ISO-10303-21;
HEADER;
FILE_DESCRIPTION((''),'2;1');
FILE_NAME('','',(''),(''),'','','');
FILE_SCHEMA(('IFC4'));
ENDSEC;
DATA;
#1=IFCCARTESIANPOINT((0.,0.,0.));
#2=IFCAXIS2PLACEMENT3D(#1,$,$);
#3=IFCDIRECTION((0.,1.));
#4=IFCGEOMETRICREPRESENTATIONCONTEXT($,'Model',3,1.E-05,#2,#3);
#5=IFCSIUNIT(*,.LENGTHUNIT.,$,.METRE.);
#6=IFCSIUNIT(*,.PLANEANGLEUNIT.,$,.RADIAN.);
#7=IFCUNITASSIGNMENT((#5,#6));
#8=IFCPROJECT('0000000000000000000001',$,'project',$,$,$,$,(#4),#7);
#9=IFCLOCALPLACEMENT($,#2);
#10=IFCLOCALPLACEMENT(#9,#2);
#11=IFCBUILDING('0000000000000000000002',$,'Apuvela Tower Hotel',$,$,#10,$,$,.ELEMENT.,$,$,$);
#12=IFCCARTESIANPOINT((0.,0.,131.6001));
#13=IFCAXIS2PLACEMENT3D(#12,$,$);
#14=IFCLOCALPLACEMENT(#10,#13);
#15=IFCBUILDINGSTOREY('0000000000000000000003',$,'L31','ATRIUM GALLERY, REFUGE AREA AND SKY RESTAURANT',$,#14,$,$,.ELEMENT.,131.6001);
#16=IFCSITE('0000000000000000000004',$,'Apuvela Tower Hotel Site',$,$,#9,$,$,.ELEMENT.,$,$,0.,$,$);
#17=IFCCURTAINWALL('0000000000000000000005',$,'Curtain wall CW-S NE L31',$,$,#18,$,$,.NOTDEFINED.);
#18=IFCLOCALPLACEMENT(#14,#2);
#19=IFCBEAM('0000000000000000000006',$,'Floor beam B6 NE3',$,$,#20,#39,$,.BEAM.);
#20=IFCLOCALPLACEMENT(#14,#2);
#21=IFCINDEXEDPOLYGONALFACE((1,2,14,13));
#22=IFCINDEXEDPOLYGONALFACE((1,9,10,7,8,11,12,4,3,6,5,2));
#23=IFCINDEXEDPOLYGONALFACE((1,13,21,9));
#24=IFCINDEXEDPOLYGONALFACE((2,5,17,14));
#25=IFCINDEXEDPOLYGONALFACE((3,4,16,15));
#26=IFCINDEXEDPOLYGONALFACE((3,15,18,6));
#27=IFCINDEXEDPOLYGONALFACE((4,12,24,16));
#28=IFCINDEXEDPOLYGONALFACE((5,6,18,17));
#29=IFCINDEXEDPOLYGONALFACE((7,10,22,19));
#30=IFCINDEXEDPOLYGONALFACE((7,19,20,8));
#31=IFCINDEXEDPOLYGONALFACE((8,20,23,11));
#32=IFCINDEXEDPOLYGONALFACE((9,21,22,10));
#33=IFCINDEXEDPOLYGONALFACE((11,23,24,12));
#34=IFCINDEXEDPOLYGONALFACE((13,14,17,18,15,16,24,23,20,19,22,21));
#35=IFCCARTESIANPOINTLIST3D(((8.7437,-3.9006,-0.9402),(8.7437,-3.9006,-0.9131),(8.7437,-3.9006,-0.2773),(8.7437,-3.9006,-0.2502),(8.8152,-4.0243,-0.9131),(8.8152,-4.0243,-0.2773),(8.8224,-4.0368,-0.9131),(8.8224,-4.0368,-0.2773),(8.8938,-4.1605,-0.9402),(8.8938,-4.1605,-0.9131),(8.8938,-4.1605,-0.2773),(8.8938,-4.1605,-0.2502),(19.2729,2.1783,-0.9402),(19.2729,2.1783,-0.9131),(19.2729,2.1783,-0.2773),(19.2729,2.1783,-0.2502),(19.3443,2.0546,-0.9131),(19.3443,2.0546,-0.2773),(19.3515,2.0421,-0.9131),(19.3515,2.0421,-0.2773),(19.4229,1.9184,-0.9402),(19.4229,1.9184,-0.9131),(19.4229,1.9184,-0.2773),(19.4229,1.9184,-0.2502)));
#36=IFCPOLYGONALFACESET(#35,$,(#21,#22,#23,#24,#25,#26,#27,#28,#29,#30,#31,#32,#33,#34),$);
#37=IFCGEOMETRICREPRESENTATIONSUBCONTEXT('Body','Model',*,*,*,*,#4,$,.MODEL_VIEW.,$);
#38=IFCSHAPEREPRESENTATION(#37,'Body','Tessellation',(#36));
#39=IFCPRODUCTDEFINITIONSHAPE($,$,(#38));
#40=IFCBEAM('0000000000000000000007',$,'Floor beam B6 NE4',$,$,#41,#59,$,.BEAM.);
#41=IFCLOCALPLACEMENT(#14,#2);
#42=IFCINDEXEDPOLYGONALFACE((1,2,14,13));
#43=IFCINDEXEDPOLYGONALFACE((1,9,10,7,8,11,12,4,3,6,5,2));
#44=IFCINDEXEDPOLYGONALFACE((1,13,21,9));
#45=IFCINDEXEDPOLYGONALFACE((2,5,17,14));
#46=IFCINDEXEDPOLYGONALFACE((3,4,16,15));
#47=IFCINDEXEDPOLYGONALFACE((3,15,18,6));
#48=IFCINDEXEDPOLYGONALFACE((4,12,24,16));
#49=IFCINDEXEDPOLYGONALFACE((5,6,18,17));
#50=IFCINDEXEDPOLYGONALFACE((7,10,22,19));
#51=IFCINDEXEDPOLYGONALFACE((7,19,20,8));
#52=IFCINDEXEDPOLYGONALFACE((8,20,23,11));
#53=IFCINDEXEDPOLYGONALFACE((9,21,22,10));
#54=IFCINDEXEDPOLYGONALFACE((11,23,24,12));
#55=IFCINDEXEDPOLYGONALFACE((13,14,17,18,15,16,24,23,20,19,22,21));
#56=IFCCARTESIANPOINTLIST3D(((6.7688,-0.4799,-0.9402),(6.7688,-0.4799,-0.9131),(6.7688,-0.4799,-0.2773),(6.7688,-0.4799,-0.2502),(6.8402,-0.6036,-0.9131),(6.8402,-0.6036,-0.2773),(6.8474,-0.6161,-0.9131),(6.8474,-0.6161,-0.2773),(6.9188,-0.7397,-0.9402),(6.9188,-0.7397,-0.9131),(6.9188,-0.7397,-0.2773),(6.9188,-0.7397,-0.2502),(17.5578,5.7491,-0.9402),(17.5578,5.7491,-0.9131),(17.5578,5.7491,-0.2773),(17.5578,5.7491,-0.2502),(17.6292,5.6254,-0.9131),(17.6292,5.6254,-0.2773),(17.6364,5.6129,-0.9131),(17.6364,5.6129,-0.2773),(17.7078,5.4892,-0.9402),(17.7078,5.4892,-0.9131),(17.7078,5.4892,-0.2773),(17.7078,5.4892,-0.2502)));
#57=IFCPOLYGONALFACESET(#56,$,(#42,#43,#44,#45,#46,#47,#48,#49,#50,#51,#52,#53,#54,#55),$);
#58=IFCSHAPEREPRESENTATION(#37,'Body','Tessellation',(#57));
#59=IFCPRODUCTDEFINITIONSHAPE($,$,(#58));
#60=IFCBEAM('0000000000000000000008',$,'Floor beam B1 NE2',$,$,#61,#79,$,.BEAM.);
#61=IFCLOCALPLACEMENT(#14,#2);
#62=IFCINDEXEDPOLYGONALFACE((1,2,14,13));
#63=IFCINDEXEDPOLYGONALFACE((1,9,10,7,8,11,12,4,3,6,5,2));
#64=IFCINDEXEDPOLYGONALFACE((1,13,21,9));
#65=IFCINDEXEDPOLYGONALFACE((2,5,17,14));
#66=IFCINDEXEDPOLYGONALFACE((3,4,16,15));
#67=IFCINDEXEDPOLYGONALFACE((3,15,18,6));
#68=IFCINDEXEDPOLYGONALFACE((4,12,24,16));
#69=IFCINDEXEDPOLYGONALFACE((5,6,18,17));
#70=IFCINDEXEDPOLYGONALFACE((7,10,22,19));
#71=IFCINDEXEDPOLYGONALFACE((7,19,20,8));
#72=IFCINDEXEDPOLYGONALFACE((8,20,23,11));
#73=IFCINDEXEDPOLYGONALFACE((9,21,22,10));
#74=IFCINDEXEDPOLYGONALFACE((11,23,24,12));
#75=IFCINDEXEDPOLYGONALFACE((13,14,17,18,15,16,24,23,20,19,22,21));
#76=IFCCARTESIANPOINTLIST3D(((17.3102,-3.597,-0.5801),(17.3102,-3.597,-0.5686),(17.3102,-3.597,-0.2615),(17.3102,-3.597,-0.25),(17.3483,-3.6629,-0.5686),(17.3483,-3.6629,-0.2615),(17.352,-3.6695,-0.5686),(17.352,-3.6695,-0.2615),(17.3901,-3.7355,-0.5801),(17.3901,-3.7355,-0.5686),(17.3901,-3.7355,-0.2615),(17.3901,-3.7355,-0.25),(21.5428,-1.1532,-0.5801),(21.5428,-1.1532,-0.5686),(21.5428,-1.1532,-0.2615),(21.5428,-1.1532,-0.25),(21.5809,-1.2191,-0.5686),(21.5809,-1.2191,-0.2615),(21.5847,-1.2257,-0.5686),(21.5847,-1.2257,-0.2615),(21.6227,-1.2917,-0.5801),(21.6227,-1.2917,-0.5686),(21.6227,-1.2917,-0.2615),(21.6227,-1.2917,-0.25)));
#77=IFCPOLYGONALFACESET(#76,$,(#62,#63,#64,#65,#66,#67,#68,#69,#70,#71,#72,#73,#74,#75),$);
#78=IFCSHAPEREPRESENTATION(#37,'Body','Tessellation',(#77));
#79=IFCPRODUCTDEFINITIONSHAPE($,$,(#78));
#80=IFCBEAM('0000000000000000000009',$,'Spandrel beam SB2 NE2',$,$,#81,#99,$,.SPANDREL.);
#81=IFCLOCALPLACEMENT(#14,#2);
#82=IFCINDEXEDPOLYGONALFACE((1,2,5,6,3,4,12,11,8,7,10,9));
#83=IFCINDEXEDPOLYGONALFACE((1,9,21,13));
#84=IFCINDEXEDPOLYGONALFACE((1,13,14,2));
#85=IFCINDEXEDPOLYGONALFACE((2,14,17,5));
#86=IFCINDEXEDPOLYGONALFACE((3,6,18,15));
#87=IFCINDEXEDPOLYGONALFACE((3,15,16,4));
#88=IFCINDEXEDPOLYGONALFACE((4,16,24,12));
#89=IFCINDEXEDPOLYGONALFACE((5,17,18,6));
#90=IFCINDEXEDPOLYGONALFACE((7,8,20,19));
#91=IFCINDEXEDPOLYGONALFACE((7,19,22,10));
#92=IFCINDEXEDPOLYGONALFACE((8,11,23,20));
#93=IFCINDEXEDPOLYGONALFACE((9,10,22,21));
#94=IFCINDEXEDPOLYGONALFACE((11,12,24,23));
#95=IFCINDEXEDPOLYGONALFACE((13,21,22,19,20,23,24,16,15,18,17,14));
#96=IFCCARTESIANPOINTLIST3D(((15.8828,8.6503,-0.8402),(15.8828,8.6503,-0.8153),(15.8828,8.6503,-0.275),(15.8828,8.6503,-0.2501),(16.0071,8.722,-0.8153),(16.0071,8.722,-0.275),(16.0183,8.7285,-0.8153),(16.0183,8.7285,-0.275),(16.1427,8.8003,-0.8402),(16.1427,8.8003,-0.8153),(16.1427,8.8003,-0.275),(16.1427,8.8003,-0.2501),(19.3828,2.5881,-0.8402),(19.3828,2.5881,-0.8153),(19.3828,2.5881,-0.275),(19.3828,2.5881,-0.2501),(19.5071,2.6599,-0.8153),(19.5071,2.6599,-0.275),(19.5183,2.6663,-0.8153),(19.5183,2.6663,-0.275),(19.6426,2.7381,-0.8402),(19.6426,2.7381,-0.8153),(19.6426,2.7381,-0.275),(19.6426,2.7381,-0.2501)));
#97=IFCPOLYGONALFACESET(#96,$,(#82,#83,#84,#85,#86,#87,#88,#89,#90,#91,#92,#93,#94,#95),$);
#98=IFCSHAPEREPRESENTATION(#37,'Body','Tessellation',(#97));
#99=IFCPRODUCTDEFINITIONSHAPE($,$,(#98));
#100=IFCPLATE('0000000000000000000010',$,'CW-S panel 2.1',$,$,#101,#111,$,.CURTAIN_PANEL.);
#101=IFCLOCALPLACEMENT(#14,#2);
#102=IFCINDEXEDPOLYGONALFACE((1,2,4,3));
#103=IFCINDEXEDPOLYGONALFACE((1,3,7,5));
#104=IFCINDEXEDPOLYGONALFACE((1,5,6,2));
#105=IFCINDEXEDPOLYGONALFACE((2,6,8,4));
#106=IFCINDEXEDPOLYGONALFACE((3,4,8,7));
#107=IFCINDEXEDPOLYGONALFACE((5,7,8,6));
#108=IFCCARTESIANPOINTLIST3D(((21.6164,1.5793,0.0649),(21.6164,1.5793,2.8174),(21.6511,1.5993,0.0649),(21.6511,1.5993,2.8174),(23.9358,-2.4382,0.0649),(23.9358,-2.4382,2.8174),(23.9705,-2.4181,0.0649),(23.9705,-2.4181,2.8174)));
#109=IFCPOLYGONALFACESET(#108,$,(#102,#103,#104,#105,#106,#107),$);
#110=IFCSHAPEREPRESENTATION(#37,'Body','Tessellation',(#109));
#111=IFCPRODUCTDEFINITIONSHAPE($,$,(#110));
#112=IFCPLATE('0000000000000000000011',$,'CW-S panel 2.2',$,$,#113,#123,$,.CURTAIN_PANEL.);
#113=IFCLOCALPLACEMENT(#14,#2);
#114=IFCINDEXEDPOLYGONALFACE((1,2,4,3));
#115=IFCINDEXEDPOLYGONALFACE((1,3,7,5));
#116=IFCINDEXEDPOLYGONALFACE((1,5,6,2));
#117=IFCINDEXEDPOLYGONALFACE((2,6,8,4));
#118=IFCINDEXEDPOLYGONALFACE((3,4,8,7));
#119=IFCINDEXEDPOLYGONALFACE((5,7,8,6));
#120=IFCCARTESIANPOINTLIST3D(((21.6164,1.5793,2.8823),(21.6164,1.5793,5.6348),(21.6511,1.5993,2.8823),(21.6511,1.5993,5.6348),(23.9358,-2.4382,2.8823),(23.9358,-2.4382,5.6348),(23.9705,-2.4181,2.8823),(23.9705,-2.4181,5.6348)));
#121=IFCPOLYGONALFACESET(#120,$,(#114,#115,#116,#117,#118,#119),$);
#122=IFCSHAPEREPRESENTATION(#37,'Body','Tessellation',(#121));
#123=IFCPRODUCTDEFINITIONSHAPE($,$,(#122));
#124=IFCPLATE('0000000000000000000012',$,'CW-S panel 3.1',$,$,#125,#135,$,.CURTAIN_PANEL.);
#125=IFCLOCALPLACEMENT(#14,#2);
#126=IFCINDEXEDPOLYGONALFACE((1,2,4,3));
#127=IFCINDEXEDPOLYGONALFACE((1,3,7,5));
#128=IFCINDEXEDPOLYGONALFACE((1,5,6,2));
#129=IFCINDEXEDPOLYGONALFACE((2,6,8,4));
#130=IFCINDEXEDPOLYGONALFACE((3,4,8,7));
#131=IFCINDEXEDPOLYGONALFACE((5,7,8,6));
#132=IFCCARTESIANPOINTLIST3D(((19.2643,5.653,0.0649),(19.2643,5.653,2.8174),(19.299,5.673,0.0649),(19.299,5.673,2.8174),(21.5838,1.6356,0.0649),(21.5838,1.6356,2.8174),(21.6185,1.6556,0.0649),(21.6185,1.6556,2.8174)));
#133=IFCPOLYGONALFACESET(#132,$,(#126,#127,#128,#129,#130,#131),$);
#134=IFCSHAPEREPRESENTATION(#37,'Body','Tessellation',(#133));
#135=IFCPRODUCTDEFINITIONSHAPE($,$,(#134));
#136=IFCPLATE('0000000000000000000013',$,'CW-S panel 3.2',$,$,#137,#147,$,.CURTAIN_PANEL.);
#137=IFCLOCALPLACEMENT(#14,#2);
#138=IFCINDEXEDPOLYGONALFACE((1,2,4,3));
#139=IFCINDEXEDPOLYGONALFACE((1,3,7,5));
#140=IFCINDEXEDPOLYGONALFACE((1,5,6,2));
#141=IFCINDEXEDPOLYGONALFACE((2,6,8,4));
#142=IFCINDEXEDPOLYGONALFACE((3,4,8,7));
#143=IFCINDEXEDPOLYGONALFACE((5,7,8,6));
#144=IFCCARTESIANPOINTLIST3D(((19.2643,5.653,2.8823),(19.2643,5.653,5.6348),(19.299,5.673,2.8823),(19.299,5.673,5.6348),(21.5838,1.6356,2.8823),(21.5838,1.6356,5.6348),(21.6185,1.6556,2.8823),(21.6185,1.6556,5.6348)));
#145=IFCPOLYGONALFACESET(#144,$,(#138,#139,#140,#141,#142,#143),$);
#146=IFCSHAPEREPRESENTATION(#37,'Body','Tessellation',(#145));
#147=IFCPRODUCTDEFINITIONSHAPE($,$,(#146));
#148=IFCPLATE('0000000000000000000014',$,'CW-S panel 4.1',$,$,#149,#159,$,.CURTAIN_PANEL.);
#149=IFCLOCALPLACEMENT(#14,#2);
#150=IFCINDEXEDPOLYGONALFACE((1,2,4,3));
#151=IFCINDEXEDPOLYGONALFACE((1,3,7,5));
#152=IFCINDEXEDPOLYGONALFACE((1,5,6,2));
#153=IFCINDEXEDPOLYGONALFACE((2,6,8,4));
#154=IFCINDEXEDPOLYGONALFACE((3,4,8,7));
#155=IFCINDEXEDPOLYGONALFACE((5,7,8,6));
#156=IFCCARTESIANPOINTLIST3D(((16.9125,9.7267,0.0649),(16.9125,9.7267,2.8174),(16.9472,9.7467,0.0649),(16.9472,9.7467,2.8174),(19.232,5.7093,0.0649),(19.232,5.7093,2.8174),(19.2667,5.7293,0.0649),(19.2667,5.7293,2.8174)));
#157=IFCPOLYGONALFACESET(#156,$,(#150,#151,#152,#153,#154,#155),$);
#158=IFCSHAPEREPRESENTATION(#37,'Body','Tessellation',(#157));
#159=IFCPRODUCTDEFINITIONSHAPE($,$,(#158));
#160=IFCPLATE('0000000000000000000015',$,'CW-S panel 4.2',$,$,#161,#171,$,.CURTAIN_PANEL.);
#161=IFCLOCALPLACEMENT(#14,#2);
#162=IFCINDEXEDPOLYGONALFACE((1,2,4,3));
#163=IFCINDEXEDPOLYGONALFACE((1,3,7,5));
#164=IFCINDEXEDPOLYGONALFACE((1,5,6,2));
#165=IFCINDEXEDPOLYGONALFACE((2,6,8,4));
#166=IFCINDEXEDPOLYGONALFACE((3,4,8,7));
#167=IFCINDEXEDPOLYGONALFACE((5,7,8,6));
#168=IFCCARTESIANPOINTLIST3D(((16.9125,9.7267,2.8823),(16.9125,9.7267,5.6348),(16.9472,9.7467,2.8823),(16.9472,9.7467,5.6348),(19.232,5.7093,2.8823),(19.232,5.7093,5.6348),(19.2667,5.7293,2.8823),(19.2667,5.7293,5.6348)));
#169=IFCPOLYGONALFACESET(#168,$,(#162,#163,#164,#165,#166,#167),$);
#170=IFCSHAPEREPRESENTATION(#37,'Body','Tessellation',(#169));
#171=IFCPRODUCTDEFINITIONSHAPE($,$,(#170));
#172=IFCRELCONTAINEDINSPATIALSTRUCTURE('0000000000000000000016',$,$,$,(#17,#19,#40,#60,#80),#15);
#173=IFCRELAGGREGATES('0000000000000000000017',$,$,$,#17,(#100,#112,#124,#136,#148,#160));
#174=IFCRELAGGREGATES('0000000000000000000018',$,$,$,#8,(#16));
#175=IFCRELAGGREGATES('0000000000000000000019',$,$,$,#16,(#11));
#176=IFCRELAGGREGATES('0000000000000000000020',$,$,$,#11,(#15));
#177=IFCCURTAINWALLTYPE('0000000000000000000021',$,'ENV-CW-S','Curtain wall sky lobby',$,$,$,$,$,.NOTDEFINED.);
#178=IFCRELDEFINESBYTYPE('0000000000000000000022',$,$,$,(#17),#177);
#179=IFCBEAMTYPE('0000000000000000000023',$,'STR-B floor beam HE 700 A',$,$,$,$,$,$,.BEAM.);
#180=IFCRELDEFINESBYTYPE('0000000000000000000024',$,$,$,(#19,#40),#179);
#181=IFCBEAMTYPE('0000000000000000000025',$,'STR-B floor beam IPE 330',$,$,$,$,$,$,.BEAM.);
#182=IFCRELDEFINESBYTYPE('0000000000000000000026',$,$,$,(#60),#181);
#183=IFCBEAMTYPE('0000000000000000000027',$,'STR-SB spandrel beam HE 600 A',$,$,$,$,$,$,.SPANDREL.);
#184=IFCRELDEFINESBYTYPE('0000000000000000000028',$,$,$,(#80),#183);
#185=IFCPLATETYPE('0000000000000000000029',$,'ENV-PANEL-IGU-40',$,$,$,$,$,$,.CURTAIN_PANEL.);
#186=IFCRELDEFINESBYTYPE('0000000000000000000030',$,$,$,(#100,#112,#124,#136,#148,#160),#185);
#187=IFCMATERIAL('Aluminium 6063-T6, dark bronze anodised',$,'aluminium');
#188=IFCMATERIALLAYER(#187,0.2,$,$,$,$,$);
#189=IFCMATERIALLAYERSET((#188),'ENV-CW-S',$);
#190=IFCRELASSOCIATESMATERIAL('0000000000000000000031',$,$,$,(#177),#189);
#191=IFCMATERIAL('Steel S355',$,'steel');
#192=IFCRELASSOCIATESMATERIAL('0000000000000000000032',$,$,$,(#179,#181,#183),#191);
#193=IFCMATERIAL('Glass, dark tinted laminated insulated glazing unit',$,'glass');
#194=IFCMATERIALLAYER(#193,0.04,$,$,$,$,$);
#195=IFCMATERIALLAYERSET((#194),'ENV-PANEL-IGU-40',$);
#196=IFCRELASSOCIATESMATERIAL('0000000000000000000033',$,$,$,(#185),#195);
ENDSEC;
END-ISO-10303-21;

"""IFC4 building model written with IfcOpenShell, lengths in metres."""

from ifc_helpers import new_model, si_unit, direction, frame, origin, origin_2d, place, context, subcontext, project, spatial, rectangle, i_section, extrude, material, layer, layer_set, material_profile, profile_set, type_object, element, aggregate, save


model = new_model("IFC4")

# Units and contexts
model_context = context("Model", 3, precision=1e-05, world=origin(), true_north=direction((0.0, 1.0)))
body_context = subcontext(model_context, "Body", "Model", "MODEL_VIEW")
ifc_project = project(units=[si_unit("LENGTHUNIT", "METRE"), si_unit("PLANEANGLEUNIT", "RADIAN")], contexts=[model_context])

# Site, building, storey
site_placement = place(None, origin())
site = spatial("IfcSite", under=ifc_project, at=site_placement, Name="Apuvela Tower Hotel Site", CompositionType="ELEMENT", RefElevation=0.0)
building_placement = place(site_placement, origin())
building = spatial("IfcBuilding", under=site, at=building_placement, Name="Apuvela Tower Hotel", CompositionType="ELEMENT")
storey_placement = place(building_placement, frame((0.0, 0.0, 131.6001)))
storey = spatial("IfcBuildingStorey", under=building, at=storey_placement, Name="L31", Description="ATRIUM GALLERY, REFUGE AREA AND SKY RESTAURANT", CompositionType="ELEMENT", Elevation=131.6001)

# Curtain wall
ifc_material_1 = material(Name="Aluminium 6063-T6, dark bronze anodised", Category="aluminium")
ifc_layer_1 = layer(ifc_material_1, 0.2)
ifc_layer_set_1 = layer_set([ifc_layer_1], Name="ENV-CW-S")
curtain_wall_type = type_object("IfcCurtainWallType", Name="ENV-CW-S", Description="Curtain wall sky lobby", PredefinedType="NOTDEFINED", material=ifc_layer_set_1)
curtain_wall_placement = place(storey_placement, origin())
curtain_wall = element("IfcCurtainWall", 1, at=curtain_wall_placement, inside=storey, type_object=curtain_wall_type, Name="Curtain wall CW-S NE L31", PredefinedType="NOTDEFINED")

# Beams
ifc_material_2 = material(Name="Steel S355", Category="steel")
ifc_material_profile_1 = material_profile(ifc_material_2, i_section(OverallWidth=0.3, OverallDepth=0.6899, WebThickness=0.0144, FlangeThickness=0.0271, at=origin_2d()), Name="HE 700 A")
ifc_profile_set_1 = profile_set([ifc_material_profile_1], Name="Steel S355")
beam_type_1 = type_object("IfcBeamType", Name="STR-B floor beam HE 700 A", PredefinedType="BEAM", material=ifc_profile_set_1)
beam_1_placement = place(storey_placement, frame((19.3479, 2.0483, -0.5952), z_axis=(-0.866029, -0.499994, 0.0), x_axis=(0.499994, -0.866029, 0.0)))
element("IfcBeam", 2, at=beam_1_placement, inside=storey, type_object=beam_type_1, Name="Floor beam B6 NE3", PredefinedType="BEAM", context=body_context, shape_type="SweptSolid", body=[
    extrude(i_section(OverallWidth=0.3, OverallDepth=0.6899, WebThickness=0.0144, FlangeThickness=0.0271, at=origin_2d()), origin(), (0.0, 0.0, 1.0), 12.158),
])
beam_2_placement = place(storey_placement, frame((17.6328, 5.6191, -0.5952), z_axis=(-0.866028, -0.499996, 0.0), x_axis=(0.499996, -0.866028, 0.0)))
element("IfcBeam", 3, at=beam_2_placement, inside=storey, type_object=beam_type_1, Name="Floor beam B6 NE4", PredefinedType="BEAM", context=body_context, shape_type="SweptSolid", body=[
    extrude(i_section(OverallWidth=0.3, OverallDepth=0.6899, WebThickness=0.0144, FlangeThickness=0.0271, at=origin_2d()), origin(), (0.0, 0.0, 1.0), 12.458),
])
ifc_material_profile_2 = material_profile(ifc_material_2, i_section(OverallWidth=0.1599, OverallDepth=0.3301, WebThickness=0.0076, FlangeThickness=0.0115, at=origin_2d()), Name="IPE 330")
ifc_profile_set_2 = profile_set([ifc_material_profile_2], Name="Steel S355")
beam_type_2 = type_object("IfcBeamType", Name="STR-B floor beam IPE 330", PredefinedType="BEAM", material=ifc_profile_set_2)
beam_3_placement = place(storey_placement, frame((21.5828, -1.2224, -0.415), z_axis=(-0.866015, -0.500018, 0.0), x_axis=(0.500018, -0.866015, 0.0)))
element("IfcBeam", 4, at=beam_3_placement, inside=storey, type_object=beam_type_2, Name="Floor beam B1 NE2", PredefinedType="BEAM", context=body_context, shape_type="SweptSolid", body=[
    extrude(i_section(OverallWidth=0.1599, OverallDepth=0.3301, WebThickness=0.0076, FlangeThickness=0.0115, at=origin_2d()), origin(), (0.0, 0.0, 1.0), 4.8875),
])
ifc_material_profile_3 = material_profile(ifc_material_2, i_section(OverallWidth=0.3, OverallDepth=0.5901, WebThickness=0.0129, FlangeThickness=0.0249, at=origin_2d()), Name="HE 600 A")
ifc_profile_set_3 = profile_set([ifc_material_profile_3], Name="Steel S355")
beam_type_3 = type_object("IfcBeamType", Name="STR-SB spandrel beam HE 600 A", PredefinedType="SPANDREL", material=ifc_profile_set_3)
beam_4_placement = place(storey_placement, frame((19.5127, 2.6631, -0.5452), z_axis=(-0.499995, 0.866028, 0.0), x_axis=(-0.866028, -0.499995, 0.0)))
element("IfcBeam", 5, at=beam_4_placement, inside=storey, type_object=beam_type_3, Name="Spandrel beam SB2 NE2", PredefinedType="SPANDREL", context=body_context, shape_type="SweptSolid", body=[
    extrude(i_section(OverallWidth=0.3, OverallDepth=0.5901, WebThickness=0.0129, FlangeThickness=0.0249, at=origin_2d()), origin(), (0.0, 0.0, 1.0), 7.0),
])

# Plates
ifc_material_3 = material(Name="Glass, dark tinted laminated insulated glazing unit", Category="glass")
ifc_layer_2 = layer(ifc_material_3, 0.04)
ifc_layer_set_2 = layer_set([ifc_layer_2], Name="ENV-PANEL-IGU-40")
plate_type = type_object("IfcPlateType", Name="ENV-PANEL-IGU-40", PredefinedType="CURTAIN_PANEL", material=ifc_layer_set_2)
plate_1_placement = place(storey_placement, frame((22.7935, -0.4194, 0.0649), z_axis=(0.0, 0.0, 1.0), x_axis=(-0.499999, 0.866026, 0.0)))
plate_1 = element("IfcPlate", 6, at=plate_1_placement, type_object=plate_type, Name="CW-S panel 2.1", PredefinedType="CURTAIN_PANEL", context=body_context, shape_type="SweptSolid", body=[
    extrude(rectangle(XDim=4.6389, YDim=0.04, at=origin_2d()), origin(), (0.0, 0.0, 1.0), 2.7524),
])
plate_2_placement = place(storey_placement, frame((22.7935, -0.4194, 2.8823), z_axis=(0.0, 0.0, 1.0), x_axis=(-0.499999, 0.866026, 0.0)))
plate_2 = element("IfcPlate", 7, at=plate_2_placement, type_object=plate_type, Name="CW-S panel 2.2", PredefinedType="CURTAIN_PANEL", context=body_context, shape_type="SweptSolid", body=[
    extrude(rectangle(XDim=4.6389, YDim=0.04, at=origin_2d()), origin(), (0.0, 0.0, 1.0), 2.7524),
])
plate_3_placement = place(storey_placement, frame((20.4414, 3.6543, 0.0649), z_axis=(0.0, 0.0, 1.0), x_axis=(-0.499999, 0.866026, 0.0)))
plate_3 = element("IfcPlate", 8, at=plate_3_placement, type_object=plate_type, Name="CW-S panel 3.1", PredefinedType="CURTAIN_PANEL", context=body_context, shape_type="SweptSolid", body=[
    extrude(rectangle(XDim=4.6389, YDim=0.04, at=origin_2d()), origin(), (0.0, 0.0, 1.0), 2.7524),
])
plate_4_placement = place(storey_placement, frame((20.4414, 3.6543, 2.8823), z_axis=(0.0, 0.0, 1.0), x_axis=(-0.499999, 0.866026, 0.0)))
plate_4 = element("IfcPlate", 9, at=plate_4_placement, type_object=plate_type, Name="CW-S panel 3.2", PredefinedType="CURTAIN_PANEL", context=body_context, shape_type="SweptSolid", body=[
    extrude(rectangle(XDim=4.6389, YDim=0.04, at=origin_2d()), origin(), (0.0, 0.0, 1.0), 2.7524),
])
plate_5_placement = place(storey_placement, frame((18.0896, 7.728, 0.0649), z_axis=(0.0, 0.0, 1.0), x_axis=(-0.499999, 0.866026, 0.0)))
plate_5 = element("IfcPlate", 10, at=plate_5_placement, type_object=plate_type, Name="CW-S panel 4.1", PredefinedType="CURTAIN_PANEL", context=body_context, shape_type="SweptSolid", body=[
    extrude(rectangle(XDim=4.6389, YDim=0.04, at=origin_2d()), origin(), (0.0, 0.0, 1.0), 2.7524),
])
plate_6_placement = place(storey_placement, frame((18.0896, 7.728, 2.8823), z_axis=(0.0, 0.0, 1.0), x_axis=(-0.499999, 0.866026, 0.0)))
plate_6 = element("IfcPlate", 11, at=plate_6_placement, type_object=plate_type, Name="CW-S panel 4.2", PredefinedType="CURTAIN_PANEL", context=body_context, shape_type="SweptSolid", body=[
    extrude(rectangle(XDim=4.6389, YDim=0.04, at=origin_2d()), origin(), (0.0, 0.0, 1.0), 2.7524),
])
aggregate(curtain_wall, [plate_1, plate_2, plate_3, plate_4, plate_5, plate_6])

save(model, "model.ifc")
